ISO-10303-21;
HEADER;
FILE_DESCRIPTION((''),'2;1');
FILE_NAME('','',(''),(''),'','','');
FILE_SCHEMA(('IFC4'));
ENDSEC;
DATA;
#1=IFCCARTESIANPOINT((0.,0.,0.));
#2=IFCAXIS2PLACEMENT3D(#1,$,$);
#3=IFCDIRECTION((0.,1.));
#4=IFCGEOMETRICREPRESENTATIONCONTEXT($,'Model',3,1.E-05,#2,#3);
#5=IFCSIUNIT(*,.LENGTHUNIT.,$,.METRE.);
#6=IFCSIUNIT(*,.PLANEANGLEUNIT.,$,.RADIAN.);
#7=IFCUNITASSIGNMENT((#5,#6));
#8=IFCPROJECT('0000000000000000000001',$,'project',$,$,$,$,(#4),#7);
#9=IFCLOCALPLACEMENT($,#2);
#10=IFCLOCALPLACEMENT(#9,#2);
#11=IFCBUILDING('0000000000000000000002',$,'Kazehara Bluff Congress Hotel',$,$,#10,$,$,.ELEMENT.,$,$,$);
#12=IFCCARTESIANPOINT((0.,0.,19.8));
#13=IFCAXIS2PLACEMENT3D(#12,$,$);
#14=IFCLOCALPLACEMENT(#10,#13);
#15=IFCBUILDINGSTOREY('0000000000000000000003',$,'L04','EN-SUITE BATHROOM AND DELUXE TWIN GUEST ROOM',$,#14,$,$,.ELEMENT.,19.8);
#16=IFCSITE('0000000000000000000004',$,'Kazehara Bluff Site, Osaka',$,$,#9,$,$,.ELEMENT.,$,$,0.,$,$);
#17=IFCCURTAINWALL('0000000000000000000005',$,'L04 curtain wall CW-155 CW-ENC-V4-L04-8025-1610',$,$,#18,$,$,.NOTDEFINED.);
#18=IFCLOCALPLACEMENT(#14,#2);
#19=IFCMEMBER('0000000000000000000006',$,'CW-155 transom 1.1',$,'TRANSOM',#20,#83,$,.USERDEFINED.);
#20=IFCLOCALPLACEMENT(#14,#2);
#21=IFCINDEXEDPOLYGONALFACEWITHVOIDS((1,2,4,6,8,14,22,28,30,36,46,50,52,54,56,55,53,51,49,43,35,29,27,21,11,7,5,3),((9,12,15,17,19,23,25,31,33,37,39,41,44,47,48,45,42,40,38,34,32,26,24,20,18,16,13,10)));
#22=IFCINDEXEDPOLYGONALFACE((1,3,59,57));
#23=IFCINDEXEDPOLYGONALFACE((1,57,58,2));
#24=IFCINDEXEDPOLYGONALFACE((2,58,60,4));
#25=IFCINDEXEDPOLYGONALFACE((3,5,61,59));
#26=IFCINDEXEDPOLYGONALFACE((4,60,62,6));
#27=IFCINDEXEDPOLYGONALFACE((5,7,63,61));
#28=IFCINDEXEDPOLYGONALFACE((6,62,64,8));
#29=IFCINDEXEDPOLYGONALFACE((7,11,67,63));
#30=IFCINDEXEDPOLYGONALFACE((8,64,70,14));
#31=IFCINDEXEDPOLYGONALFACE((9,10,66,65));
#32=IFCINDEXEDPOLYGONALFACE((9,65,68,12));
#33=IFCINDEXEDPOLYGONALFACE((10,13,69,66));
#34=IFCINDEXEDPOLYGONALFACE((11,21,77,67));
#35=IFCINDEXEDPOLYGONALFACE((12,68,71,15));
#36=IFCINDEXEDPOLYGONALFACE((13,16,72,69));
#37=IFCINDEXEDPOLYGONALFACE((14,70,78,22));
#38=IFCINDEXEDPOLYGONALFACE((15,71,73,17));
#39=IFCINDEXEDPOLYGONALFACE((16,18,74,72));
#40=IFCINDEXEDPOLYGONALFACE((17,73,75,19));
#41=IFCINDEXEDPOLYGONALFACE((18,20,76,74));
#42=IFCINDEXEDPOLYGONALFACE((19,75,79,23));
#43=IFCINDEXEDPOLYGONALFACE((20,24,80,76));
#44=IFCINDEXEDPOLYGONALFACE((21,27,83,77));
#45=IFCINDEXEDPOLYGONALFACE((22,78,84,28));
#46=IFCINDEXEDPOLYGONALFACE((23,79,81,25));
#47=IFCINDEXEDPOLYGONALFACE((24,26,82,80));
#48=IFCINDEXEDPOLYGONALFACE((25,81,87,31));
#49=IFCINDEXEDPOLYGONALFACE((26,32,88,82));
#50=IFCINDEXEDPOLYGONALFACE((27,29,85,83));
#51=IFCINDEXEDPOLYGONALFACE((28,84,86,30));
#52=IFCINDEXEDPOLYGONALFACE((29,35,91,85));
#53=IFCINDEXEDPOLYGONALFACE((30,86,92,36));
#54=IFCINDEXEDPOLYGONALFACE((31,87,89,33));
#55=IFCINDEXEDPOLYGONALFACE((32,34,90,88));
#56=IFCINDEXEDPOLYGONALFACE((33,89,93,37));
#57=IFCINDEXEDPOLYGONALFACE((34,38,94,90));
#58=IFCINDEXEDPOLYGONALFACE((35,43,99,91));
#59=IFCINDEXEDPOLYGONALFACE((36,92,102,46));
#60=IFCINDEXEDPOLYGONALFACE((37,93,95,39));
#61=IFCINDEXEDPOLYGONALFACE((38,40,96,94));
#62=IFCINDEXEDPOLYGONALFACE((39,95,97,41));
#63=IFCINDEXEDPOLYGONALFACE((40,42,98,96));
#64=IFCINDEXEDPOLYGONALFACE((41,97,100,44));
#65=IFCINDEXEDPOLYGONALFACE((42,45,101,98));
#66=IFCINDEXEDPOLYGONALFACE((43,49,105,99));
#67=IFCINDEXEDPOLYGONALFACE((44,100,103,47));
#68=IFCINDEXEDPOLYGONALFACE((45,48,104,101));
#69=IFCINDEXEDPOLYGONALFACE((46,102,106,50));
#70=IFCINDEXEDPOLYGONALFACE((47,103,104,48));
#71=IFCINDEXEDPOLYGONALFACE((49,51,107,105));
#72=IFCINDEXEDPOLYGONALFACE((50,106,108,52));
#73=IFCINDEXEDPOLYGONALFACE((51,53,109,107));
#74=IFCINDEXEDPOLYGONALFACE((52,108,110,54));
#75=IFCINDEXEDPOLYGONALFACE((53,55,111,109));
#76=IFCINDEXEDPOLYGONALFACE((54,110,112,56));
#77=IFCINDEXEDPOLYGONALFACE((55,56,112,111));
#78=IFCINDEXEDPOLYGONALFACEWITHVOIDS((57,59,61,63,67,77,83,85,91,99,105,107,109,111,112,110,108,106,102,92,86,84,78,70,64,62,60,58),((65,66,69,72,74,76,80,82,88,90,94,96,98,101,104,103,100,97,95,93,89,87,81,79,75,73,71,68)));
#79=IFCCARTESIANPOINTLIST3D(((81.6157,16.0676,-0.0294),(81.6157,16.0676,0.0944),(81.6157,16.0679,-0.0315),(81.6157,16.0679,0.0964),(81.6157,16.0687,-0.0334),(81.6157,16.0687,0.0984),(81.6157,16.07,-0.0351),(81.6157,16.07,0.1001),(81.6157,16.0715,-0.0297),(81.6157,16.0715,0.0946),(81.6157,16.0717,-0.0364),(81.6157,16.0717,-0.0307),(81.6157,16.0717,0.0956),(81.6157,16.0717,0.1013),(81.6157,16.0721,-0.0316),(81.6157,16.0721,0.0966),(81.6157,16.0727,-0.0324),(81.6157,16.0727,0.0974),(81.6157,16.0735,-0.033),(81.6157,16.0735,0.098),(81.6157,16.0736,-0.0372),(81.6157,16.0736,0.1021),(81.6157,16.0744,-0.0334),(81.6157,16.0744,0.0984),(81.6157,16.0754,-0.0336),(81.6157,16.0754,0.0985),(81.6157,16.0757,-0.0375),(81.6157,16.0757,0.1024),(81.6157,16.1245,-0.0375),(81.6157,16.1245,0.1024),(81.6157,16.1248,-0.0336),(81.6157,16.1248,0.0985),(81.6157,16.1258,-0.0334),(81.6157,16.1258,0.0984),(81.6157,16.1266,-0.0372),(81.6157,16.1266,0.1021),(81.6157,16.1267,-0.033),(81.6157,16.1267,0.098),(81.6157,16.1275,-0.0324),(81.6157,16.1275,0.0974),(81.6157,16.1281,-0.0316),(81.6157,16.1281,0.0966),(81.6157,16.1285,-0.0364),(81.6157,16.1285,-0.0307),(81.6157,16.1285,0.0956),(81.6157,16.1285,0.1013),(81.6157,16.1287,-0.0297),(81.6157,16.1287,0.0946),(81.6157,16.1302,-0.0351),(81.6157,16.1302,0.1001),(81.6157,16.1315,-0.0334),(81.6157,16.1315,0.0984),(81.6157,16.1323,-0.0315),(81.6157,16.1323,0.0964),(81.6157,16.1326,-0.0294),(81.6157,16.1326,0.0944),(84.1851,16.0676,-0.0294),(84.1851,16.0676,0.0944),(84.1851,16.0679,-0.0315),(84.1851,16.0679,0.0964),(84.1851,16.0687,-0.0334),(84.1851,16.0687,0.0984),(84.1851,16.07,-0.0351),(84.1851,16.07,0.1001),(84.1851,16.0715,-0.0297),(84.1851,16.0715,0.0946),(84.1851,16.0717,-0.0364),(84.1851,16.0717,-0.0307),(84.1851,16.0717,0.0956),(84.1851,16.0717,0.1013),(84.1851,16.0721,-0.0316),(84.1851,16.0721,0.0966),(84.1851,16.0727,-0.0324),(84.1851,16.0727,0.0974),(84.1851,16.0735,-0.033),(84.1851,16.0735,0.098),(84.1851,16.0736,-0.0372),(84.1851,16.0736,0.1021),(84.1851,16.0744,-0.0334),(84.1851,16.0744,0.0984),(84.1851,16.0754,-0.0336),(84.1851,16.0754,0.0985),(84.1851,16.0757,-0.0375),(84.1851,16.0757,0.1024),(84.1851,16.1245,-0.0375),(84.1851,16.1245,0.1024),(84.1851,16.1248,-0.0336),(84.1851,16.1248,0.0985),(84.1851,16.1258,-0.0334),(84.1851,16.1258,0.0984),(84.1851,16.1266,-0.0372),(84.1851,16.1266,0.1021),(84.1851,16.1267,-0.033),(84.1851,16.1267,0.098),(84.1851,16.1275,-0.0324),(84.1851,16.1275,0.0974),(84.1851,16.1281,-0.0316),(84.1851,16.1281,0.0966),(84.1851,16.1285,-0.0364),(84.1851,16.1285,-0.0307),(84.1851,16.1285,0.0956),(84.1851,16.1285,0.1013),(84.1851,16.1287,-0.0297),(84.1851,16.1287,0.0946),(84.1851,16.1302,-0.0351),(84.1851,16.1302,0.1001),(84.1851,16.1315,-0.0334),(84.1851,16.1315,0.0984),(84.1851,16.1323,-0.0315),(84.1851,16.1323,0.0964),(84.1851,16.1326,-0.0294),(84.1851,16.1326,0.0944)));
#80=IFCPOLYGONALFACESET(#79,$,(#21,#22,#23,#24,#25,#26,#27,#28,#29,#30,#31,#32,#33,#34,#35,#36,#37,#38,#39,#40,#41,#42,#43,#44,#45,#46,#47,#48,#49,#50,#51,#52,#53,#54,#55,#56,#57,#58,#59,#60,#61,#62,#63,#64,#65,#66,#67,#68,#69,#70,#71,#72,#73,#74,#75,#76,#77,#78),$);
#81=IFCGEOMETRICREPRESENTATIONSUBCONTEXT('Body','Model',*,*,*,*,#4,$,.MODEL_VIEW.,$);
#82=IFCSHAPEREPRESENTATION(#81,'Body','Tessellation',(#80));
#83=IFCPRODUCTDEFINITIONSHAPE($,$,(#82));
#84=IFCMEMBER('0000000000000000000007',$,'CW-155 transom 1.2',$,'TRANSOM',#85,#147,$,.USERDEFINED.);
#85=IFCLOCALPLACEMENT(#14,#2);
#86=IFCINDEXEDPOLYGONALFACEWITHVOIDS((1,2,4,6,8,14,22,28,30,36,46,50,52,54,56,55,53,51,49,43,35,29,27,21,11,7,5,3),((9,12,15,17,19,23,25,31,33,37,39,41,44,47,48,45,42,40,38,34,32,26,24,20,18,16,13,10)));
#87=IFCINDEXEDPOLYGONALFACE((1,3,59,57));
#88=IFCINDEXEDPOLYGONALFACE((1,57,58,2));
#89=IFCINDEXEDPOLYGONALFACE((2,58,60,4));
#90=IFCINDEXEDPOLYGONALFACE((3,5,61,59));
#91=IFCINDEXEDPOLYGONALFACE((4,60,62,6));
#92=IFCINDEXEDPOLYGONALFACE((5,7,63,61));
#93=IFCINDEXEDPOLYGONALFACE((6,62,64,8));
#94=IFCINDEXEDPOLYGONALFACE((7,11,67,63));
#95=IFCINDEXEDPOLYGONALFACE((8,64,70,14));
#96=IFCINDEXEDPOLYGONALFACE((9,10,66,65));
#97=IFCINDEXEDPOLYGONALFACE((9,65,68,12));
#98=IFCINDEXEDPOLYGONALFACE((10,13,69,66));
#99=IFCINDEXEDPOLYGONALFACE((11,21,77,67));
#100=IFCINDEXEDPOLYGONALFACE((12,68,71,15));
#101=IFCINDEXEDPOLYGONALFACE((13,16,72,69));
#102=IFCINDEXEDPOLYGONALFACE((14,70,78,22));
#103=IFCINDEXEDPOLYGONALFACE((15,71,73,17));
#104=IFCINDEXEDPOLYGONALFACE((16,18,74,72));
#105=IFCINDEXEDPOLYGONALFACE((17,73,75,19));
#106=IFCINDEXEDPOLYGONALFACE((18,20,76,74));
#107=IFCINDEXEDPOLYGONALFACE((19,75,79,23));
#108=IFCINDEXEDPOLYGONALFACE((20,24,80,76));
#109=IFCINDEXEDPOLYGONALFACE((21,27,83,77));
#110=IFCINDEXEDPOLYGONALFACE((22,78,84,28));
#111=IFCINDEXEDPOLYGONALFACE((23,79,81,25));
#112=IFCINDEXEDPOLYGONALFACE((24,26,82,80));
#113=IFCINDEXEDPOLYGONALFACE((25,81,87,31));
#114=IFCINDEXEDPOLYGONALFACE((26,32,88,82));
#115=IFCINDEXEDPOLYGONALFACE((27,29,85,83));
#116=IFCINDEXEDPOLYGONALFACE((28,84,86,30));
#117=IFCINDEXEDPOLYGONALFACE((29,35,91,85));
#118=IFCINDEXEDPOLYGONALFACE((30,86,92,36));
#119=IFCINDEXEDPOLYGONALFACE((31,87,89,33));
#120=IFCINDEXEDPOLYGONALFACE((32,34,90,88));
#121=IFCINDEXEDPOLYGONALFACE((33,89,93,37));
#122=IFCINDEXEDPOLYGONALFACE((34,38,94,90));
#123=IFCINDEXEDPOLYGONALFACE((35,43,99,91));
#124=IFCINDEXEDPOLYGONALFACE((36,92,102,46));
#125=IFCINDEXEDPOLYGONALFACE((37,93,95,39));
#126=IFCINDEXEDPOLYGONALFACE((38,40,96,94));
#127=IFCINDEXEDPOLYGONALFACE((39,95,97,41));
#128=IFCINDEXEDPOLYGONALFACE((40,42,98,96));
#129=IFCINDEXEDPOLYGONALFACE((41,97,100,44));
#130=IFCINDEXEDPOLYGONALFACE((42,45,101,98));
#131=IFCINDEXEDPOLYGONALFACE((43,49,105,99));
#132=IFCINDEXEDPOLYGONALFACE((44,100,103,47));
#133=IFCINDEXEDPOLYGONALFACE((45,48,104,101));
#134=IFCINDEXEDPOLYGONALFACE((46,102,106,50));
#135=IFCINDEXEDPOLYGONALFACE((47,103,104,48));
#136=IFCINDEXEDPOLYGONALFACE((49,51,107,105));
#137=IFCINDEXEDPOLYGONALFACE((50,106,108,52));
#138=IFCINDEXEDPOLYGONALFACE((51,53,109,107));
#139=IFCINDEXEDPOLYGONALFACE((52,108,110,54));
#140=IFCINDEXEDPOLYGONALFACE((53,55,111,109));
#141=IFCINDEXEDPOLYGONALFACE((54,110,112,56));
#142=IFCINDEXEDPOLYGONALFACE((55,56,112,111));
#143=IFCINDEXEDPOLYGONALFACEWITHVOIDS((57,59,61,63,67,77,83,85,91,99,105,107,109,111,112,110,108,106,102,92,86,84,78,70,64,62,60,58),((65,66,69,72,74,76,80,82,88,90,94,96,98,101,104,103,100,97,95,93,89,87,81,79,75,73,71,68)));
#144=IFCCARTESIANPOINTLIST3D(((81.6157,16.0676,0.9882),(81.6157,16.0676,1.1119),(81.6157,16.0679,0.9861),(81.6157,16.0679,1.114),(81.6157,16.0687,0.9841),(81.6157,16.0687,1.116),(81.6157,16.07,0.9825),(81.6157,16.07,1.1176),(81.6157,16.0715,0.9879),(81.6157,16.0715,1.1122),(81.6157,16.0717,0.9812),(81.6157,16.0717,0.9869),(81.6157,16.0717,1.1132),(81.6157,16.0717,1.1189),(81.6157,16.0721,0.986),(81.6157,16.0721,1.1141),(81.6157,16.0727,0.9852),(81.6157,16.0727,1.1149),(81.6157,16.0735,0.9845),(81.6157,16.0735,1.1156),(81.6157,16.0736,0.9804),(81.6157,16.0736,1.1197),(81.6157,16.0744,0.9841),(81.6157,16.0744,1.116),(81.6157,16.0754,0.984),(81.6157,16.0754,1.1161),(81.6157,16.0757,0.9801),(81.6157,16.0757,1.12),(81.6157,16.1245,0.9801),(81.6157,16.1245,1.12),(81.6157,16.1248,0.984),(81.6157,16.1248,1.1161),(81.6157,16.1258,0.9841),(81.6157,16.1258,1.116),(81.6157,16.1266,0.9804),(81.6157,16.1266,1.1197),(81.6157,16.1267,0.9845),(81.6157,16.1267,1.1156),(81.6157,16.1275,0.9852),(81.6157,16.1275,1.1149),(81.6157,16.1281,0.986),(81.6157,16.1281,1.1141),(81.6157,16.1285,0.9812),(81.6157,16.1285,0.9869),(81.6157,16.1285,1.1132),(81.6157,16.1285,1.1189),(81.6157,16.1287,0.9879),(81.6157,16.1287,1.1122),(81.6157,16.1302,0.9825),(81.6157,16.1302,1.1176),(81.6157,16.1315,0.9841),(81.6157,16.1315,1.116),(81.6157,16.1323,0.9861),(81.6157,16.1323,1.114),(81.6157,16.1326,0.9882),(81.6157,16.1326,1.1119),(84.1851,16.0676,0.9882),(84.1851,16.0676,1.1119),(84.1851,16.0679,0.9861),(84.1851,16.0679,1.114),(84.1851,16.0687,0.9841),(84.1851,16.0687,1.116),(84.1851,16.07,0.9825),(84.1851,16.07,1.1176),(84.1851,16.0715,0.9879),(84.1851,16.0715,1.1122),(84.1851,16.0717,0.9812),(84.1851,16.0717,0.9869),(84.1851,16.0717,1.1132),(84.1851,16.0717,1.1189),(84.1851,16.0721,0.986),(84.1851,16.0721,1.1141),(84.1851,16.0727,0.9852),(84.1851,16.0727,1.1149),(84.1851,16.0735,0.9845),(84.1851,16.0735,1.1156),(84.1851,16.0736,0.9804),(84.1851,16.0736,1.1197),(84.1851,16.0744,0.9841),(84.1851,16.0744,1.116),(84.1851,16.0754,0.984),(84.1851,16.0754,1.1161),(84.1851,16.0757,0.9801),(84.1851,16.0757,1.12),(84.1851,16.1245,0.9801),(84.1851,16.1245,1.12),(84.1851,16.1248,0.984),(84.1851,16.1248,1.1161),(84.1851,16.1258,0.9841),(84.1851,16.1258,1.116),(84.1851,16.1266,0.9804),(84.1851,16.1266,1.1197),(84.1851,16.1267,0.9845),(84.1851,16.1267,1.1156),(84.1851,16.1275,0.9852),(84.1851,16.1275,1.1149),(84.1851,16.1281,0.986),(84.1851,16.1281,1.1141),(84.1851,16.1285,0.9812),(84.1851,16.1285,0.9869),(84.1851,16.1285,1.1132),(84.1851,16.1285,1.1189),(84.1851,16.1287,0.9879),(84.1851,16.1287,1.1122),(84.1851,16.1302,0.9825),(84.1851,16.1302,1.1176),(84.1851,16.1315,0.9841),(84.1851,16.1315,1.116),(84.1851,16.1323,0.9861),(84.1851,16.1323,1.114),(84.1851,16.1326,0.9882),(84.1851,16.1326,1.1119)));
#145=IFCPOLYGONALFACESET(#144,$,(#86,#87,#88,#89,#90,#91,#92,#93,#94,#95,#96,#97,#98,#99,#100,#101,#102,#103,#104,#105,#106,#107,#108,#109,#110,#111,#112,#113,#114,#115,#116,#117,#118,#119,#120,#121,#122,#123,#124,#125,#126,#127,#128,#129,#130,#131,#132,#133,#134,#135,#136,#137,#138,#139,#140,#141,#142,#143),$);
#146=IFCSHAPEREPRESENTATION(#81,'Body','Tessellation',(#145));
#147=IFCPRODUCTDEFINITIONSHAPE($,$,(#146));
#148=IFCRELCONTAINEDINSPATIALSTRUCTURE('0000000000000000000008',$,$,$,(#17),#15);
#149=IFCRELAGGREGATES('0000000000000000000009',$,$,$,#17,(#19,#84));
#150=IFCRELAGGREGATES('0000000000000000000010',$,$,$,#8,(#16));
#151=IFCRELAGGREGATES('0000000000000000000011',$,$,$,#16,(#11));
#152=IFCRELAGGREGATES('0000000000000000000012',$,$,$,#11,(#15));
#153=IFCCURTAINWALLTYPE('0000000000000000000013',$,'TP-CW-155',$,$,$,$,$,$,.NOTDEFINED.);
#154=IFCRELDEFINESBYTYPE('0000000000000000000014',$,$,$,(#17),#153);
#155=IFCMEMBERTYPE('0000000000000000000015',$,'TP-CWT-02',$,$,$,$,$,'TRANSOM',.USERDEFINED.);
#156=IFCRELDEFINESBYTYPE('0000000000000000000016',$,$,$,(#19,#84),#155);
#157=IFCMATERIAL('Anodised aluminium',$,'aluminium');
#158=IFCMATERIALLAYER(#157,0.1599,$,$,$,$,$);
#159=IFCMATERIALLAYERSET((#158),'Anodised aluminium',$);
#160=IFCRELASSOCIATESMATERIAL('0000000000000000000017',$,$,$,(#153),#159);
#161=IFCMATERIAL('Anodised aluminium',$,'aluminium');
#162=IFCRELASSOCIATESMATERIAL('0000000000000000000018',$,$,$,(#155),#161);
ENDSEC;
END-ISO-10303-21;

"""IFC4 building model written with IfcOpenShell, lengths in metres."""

from ifc_helpers import new_model, si_unit, direction, frame, origin, origin_2d, place, context, subcontext, project, spatial, hollow_rectangle, extrude, material, layer, layer_set, material_profile, profile_set, type_object, element, aggregate, save


model = new_model("IFC4")

# Units and contexts
model_context = context("Model", 3, precision=1e-05, world=origin(), true_north=direction((0.0, 1.0)))
body_context = subcontext(model_context, "Body", "Model", "MODEL_VIEW")
ifc_project = project(units=[si_unit("LENGTHUNIT", "METRE"), si_unit("PLANEANGLEUNIT", "RADIAN")], contexts=[model_context])

# Site, building, storey
site_placement = place(None, origin())
site = spatial("IfcSite", under=ifc_project, at=site_placement, Name="Kazehara Bluff Site, Osaka", CompositionType="ELEMENT", RefElevation=0.0)
building_placement = place(site_placement, origin())
building = spatial("IfcBuilding", under=site, at=building_placement, Name="Kazehara Bluff Congress Hotel", CompositionType="ELEMENT")
storey_placement = place(building_placement, frame((0.0, 0.0, 19.8)))
storey = spatial("IfcBuildingStorey", under=building, at=storey_placement, Name="L04", Description="EN-SUITE BATHROOM AND DELUXE TWIN GUEST ROOM", CompositionType="ELEMENT", Elevation=19.8)

# Curtain wall
ifc_material_1 = material(Name="Anodised aluminium", Category="aluminium")
ifc_layer_1 = layer(ifc_material_1, 0.1599)
ifc_layer_set_1 = layer_set([ifc_layer_1], Name="Anodised aluminium")
curtain_wall_type_1 = type_object("IfcCurtainWallType", Name="TP-CW-155", PredefinedType="NOTDEFINED", material=ifc_layer_set_1)
curtain_wall_1_placement = place(storey_placement, origin())
curtain_wall_1 = element("IfcCurtainWall", 1, at=curtain_wall_1_placement, inside=storey, type_object=curtain_wall_type_1, Name="L04 curtain wall CW-155 CW-ENC-V4-L04-8025-1610", PredefinedType="NOTDEFINED")

# Members
ifc_material_2 = material(Name="Anodised aluminium", Category="aluminium")
ifc_material_profile_1 = material_profile(ifc_material_2, hollow_rectangle(XDim=0.0649, YDim=0.1399, WallThickness=0.0039, InnerFilletRadius=0.0039, OuterFilletRadius=0.0081, at=origin_2d()))
ifc_profile_set_1 = profile_set([ifc_material_profile_1], Name="Anodised aluminium")
member_type_1 = type_object("IfcMemberType", Name="TP-CWT-02", ElementType="TRANSOM", PredefinedType="USERDEFINED", material=ifc_profile_set_1)
member_1_placement = place(storey_placement, frame((84.1851, 16.1001, 0.0325), z_axis=(-1.0, 0.0, 0.0), x_axis=(0.0, -1.0, 0.0)))
member_1 = element("IfcMember", 2, at=member_1_placement, type_object=member_type_1, Name="CW-155 transom 1.1", ObjectType="TRANSOM", PredefinedType="USERDEFINED", context=body_context, shape_type="SweptSolid", body=[
    extrude(hollow_rectangle(XDim=0.0649, YDim=0.1399, WallThickness=0.0039, InnerFilletRadius=0.0039, OuterFilletRadius=0.0081, at=origin_2d()), origin(), (0.0, 0.0, 1.0), 2.5693),
])
member_2_placement = place(storey_placement, frame((84.1851, 16.1001, 1.05), z_axis=(-1.0, 0.0, 0.0), x_axis=(0.0, -1.0, 0.0)))
member_2 = element("IfcMember", 3, at=member_2_placement, type_object=member_type_1, Name="CW-155 transom 1.2", ObjectType="TRANSOM", PredefinedType="USERDEFINED", context=body_context, shape_type="SweptSolid", body=[
    extrude(hollow_rectangle(XDim=0.0649, YDim=0.1399, WallThickness=0.0039, InnerFilletRadius=0.0039, OuterFilletRadius=0.0081, at=origin_2d()), origin(), (0.0, 0.0, 1.0), 2.5693),
])

aggregate(curtain_wall_1, [member_1, member_2])

save(model, "model.ifc")
